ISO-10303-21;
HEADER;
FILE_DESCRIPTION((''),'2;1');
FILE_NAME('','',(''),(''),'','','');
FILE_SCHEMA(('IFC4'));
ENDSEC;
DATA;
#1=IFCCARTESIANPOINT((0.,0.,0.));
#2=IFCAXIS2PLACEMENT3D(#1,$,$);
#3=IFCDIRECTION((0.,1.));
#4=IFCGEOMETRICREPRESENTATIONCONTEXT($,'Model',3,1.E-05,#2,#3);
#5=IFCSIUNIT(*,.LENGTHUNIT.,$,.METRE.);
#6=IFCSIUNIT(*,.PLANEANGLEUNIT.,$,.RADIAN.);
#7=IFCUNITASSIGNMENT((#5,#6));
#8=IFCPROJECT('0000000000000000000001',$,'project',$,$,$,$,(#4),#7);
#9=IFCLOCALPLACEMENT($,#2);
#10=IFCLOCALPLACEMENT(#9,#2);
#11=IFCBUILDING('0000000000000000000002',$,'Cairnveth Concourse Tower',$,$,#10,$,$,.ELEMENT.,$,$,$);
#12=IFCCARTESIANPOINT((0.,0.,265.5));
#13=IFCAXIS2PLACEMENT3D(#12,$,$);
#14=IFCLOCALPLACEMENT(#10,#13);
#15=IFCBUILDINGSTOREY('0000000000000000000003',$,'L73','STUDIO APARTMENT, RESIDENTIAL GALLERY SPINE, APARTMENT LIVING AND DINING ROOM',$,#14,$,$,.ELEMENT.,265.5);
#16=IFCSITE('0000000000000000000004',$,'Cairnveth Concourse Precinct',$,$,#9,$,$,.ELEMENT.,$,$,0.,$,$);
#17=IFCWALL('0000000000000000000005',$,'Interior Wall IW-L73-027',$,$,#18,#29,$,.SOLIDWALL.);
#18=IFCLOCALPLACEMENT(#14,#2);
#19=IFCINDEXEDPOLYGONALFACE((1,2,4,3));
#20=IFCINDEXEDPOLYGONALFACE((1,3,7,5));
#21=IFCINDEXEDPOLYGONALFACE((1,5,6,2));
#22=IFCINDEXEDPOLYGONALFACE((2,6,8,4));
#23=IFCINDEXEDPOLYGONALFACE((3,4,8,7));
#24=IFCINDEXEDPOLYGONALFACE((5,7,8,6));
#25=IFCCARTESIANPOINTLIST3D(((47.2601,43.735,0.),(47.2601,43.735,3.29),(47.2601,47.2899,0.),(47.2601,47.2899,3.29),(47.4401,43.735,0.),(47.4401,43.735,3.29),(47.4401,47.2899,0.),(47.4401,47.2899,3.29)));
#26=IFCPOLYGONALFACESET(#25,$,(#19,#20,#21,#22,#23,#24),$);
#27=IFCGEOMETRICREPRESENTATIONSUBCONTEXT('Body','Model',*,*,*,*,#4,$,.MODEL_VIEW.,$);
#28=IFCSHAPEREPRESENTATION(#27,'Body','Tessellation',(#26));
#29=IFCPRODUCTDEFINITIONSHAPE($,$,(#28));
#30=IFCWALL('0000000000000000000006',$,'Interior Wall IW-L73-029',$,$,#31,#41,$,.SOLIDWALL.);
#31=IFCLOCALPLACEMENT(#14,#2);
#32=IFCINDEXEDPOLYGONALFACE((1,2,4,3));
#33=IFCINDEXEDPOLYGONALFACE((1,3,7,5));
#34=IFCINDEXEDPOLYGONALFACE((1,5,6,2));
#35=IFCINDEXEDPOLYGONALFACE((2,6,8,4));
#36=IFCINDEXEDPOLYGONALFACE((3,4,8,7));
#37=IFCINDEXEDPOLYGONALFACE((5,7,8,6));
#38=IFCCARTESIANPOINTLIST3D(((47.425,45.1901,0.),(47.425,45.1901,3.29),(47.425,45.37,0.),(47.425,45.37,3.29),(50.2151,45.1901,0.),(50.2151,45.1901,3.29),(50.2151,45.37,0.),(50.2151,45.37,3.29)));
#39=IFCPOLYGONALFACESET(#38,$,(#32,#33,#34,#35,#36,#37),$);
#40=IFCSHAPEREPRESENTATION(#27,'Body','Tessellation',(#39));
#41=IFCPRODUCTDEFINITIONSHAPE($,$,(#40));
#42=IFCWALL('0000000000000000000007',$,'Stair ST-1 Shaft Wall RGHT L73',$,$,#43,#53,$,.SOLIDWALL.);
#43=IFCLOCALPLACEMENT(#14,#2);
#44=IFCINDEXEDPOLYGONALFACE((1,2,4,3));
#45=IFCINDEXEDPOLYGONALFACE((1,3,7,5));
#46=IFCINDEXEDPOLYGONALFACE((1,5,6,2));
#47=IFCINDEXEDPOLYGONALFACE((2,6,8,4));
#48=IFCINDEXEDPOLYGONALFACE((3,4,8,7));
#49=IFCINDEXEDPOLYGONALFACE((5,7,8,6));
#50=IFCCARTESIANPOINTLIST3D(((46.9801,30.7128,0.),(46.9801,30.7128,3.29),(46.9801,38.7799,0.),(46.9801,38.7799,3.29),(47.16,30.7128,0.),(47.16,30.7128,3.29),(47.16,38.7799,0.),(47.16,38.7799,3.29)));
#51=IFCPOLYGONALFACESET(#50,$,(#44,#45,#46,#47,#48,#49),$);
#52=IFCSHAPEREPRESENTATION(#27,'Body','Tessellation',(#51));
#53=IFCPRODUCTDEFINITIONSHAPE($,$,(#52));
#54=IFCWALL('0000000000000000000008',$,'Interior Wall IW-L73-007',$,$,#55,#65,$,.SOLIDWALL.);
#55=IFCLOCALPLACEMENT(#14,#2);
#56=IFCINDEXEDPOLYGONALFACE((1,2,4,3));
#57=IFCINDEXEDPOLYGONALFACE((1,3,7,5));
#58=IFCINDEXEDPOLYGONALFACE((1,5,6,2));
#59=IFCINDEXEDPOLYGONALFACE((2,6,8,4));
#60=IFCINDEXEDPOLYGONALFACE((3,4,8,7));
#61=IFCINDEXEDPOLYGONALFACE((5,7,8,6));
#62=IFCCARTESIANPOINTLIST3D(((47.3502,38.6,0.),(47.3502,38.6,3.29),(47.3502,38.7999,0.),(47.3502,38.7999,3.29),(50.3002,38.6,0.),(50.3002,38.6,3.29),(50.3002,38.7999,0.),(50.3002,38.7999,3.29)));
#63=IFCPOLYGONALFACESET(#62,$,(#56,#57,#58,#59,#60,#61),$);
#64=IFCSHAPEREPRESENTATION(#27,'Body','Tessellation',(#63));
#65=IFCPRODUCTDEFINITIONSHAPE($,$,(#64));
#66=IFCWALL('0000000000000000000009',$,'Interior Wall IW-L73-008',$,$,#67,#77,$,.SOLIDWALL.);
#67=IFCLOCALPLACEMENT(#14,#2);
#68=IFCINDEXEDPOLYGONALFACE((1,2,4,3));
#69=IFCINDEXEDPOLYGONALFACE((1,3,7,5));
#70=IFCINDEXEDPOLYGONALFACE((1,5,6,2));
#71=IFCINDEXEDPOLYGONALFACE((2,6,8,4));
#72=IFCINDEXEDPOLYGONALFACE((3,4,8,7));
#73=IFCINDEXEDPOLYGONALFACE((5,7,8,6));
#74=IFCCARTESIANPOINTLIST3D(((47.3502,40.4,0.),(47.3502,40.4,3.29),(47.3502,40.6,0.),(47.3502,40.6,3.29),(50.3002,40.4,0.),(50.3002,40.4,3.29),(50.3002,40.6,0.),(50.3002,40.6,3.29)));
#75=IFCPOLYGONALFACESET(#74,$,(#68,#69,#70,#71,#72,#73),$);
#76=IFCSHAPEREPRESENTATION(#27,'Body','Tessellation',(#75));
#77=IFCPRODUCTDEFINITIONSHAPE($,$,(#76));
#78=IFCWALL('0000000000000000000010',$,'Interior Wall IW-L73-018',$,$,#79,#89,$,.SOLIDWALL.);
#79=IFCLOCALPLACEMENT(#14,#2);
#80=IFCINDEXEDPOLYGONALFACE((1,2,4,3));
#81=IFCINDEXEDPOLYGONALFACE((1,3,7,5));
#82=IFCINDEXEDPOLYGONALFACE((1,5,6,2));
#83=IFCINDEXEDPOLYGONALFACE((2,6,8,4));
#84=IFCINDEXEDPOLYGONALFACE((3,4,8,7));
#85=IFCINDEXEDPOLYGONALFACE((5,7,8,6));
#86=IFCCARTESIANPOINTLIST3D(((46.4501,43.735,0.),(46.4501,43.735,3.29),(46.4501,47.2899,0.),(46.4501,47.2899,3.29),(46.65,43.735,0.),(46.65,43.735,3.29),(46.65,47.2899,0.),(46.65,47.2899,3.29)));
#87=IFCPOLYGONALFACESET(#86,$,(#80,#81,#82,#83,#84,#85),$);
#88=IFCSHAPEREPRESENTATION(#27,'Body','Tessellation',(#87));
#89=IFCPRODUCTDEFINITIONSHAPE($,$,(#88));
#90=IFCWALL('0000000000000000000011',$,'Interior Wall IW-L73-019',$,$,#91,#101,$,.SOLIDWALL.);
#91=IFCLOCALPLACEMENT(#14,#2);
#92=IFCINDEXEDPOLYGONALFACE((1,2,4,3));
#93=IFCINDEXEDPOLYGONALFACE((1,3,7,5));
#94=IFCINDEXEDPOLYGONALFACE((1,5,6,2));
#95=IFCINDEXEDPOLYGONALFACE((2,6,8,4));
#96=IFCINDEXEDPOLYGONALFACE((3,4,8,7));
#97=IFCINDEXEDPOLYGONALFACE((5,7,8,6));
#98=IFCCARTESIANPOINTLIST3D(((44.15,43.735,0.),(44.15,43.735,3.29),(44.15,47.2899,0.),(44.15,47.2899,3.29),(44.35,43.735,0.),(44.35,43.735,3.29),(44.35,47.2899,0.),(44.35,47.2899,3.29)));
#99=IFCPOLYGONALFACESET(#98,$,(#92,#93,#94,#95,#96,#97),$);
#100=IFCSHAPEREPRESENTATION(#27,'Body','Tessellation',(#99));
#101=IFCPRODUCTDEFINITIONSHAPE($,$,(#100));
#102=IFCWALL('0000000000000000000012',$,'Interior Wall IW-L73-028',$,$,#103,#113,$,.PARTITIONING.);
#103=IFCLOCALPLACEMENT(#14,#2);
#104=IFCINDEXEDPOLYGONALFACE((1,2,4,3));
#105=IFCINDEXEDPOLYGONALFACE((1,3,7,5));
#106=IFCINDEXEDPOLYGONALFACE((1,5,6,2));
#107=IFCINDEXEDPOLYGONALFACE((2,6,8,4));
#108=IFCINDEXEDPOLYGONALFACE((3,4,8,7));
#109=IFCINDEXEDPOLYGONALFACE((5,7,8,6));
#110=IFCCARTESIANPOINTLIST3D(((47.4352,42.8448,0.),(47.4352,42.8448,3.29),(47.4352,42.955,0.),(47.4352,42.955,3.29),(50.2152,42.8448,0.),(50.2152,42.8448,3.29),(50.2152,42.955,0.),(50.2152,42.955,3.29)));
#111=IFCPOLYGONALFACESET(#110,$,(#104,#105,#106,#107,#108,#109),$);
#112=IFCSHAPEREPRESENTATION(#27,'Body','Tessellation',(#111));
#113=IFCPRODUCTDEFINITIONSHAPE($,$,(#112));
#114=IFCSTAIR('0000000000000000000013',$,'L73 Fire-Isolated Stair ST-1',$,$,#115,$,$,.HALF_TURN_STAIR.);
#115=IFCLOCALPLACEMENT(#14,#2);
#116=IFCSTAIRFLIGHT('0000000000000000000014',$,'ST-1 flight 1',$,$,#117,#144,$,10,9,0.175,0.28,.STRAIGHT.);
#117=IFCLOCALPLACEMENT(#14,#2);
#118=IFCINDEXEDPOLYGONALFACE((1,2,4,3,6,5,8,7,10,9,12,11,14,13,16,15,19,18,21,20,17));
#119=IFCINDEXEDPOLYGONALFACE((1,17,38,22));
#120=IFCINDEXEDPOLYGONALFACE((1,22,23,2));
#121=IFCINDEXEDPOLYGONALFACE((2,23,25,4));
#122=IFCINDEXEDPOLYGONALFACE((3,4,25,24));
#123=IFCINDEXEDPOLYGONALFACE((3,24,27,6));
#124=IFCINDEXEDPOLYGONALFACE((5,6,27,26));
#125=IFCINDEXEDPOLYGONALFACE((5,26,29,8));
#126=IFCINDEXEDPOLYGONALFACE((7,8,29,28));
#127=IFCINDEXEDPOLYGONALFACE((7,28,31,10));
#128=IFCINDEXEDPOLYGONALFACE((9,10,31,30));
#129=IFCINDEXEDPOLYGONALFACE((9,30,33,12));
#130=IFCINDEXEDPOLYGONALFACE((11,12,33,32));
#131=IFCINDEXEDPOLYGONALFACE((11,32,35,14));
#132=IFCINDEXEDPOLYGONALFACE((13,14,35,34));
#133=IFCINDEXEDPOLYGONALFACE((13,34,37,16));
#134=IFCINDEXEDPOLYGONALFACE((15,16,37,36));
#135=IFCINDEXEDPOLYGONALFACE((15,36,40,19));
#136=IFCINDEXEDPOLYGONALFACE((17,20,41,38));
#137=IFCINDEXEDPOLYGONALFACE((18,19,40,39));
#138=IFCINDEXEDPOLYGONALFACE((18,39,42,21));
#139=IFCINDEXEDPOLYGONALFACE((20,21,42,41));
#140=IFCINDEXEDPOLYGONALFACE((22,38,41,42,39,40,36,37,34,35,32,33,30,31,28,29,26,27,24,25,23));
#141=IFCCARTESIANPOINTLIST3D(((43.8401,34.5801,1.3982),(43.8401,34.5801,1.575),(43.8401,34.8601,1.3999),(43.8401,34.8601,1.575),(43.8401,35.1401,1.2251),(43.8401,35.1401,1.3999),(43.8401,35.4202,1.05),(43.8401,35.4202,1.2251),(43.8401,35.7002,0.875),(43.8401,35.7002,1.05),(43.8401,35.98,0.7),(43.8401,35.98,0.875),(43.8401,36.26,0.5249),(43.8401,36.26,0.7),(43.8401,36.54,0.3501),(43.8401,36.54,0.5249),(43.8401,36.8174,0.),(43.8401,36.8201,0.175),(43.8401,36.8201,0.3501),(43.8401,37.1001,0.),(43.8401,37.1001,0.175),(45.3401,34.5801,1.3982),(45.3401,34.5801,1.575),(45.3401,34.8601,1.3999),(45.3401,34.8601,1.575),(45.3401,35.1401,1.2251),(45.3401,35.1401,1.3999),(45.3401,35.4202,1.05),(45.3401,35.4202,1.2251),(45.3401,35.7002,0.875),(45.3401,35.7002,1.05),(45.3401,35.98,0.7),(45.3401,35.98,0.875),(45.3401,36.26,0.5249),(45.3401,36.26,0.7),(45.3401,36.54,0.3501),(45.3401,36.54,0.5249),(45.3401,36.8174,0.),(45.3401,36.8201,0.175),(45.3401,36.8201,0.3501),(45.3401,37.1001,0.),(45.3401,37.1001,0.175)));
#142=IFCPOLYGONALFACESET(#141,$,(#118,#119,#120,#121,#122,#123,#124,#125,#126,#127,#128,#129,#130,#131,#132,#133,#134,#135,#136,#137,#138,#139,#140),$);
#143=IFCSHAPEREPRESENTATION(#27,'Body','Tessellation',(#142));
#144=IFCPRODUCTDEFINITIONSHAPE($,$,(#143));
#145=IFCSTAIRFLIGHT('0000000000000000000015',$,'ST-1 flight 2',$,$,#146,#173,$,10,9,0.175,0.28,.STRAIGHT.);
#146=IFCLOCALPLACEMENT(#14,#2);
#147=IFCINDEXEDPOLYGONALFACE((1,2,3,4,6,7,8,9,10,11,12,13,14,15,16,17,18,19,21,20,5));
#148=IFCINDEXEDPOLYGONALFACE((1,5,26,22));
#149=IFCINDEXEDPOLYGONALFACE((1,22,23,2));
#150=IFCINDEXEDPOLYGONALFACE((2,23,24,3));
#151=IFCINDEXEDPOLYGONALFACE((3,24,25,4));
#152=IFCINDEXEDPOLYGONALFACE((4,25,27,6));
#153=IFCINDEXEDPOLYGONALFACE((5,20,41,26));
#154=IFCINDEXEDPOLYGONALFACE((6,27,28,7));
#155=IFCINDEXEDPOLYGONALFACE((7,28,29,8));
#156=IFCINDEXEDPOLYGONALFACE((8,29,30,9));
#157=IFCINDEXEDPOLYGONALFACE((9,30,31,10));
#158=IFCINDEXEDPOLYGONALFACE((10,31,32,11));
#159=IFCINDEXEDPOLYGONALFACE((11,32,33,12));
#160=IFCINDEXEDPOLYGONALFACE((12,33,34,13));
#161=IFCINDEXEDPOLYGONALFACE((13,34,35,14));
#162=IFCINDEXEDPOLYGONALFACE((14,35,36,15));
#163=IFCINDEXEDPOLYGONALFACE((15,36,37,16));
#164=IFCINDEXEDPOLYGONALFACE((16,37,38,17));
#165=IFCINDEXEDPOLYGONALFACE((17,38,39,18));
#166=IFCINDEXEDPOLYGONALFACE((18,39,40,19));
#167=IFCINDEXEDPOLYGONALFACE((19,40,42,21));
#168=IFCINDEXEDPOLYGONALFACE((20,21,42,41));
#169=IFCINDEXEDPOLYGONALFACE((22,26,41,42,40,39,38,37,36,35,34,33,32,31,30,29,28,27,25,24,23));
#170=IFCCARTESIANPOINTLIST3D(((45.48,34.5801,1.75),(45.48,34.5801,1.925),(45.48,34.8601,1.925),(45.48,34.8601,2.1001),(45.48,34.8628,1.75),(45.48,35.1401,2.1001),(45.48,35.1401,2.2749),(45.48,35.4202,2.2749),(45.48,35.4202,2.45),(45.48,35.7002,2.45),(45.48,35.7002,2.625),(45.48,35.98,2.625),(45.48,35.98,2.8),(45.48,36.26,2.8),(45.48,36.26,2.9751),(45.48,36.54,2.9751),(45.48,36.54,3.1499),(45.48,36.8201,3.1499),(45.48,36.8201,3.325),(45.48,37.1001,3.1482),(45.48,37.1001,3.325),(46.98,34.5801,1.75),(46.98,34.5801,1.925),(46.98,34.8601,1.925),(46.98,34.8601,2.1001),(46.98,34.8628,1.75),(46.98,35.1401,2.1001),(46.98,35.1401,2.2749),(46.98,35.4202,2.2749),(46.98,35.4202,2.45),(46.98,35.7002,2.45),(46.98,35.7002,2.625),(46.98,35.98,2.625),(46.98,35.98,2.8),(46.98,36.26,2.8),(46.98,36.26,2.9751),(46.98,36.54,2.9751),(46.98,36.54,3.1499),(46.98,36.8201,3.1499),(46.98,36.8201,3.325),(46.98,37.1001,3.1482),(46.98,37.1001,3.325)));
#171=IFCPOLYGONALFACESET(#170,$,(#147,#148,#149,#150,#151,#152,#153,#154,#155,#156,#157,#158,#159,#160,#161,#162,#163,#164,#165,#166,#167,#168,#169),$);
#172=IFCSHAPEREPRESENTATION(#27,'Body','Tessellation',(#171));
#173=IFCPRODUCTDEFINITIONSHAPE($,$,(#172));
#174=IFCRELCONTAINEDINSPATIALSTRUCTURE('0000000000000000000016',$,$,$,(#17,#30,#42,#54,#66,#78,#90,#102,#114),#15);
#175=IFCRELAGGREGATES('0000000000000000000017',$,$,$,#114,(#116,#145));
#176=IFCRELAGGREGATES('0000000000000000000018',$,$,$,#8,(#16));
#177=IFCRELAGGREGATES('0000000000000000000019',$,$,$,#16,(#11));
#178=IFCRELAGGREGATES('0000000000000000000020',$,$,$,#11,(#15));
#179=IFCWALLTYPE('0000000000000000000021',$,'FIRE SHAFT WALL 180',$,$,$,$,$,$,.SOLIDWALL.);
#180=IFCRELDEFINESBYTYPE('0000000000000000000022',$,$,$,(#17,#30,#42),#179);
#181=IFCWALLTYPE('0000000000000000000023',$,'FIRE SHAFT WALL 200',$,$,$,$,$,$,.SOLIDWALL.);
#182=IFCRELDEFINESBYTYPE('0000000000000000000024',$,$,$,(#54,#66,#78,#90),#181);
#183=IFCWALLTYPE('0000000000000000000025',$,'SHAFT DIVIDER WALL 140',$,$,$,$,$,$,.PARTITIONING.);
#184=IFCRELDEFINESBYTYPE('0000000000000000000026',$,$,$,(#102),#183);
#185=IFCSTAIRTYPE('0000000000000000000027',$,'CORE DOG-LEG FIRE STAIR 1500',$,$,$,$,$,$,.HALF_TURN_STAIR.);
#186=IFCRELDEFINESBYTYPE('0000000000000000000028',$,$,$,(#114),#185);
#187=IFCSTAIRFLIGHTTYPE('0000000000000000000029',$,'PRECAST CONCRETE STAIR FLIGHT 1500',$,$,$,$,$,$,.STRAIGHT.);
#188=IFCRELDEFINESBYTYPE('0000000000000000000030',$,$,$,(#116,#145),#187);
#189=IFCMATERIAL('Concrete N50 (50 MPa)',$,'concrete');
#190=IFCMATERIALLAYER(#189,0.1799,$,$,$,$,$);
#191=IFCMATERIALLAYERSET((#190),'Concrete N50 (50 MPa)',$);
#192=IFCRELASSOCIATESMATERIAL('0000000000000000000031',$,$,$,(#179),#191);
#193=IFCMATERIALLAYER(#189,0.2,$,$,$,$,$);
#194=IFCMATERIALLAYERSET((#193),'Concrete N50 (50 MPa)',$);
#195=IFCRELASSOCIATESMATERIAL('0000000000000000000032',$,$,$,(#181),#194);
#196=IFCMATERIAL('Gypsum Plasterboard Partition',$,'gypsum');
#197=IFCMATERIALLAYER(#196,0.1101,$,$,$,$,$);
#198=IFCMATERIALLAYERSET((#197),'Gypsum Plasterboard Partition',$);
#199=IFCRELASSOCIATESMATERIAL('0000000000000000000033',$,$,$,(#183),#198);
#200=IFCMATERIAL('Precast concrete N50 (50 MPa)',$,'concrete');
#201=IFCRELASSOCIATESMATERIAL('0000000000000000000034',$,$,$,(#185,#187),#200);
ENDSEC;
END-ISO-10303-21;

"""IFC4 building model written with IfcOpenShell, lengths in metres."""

from ifc_helpers import new_model, si_unit, direction, frame, frame_2d, origin, place, context, subcontext, project, spatial, polyline, rectangle, outline, extrude, material, layer, layer_set, type_object, element, aggregate, save


model = new_model("IFC4")

# Units and contexts
model_context = context("Model", 3, precision=1e-05, world=origin(), true_north=direction((0.0, 1.0)))
body_context = subcontext(model_context, "Body", "Model", "MODEL_VIEW")
ifc_project = project(units=[si_unit("LENGTHUNIT", "METRE"), si_unit("PLANEANGLEUNIT", "RADIAN")], contexts=[model_context])

# Site, building, storey
site_placement = place(None, origin())
site = spatial("IfcSite", under=ifc_project, at=site_placement, Name="Cairnveth Concourse Precinct", CompositionType="ELEMENT", RefElevation=0.0)
building_placement = place(site_placement, origin())
building = spatial("IfcBuilding", under=site, at=building_placement, Name="Cairnveth Concourse Tower", CompositionType="ELEMENT")
storey_placement = place(building_placement, frame((0.0, 0.0, 265.5)))
storey = spatial("IfcBuildingStorey", under=building, at=storey_placement, Name="L73", Description="STUDIO APARTMENT, RESIDENTIAL GALLERY SPINE, APARTMENT LIVING AND DINING ROOM", CompositionType="ELEMENT", Elevation=265.5)

# Walls
ifc_material_1 = material(Name="Concrete N50 (50 MPa)", Category="concrete")
ifc_layer_1 = layer(ifc_material_1, 0.1799)
ifc_layer_set_1 = layer_set([ifc_layer_1], Name="Concrete N50 (50 MPa)")
wall_type_1 = type_object("IfcWallType", Name="FIRE SHAFT WALL 180", PredefinedType="SOLIDWALL", material=ifc_layer_set_1)
wall_1_placement = place(storey_placement, frame((47.3501, 43.7351, 0.0), z_axis=(0.0, 0.0, 1.0), x_axis=(0.0, 1.0, 0.0)))
element("IfcWall", 1, at=wall_1_placement, inside=storey, type_object=wall_type_1, Name="Interior Wall IW-L73-027", PredefinedType="SOLIDWALL", context=body_context, shape_type="SweptSolid", body=[
    extrude(rectangle(XDim=3.5549, YDim=0.1799, at=frame_2d((1.7773, 0.0))), origin(), (0.0, 0.0, 1.0), 3.29),
])
wall_2_placement = place(storey_placement, frame((47.425, 45.28, 0.0), z_axis=(0.0, 0.0, 1.0), x_axis=(1.0, 0.0, 0.0)))
element("IfcWall", 2, at=wall_2_placement, inside=storey, type_object=wall_type_1, Name="Interior Wall IW-L73-029", PredefinedType="SOLIDWALL", context=body_context, shape_type="SweptSolid", body=[
    extrude(rectangle(XDim=2.79, YDim=0.1799, at=frame_2d((1.395, 0.0))), origin(), (0.0, 0.0, 1.0), 3.29),
])
wall_3_placement = place(storey_placement, frame((47.0701, 38.78, 0.0), z_axis=(0.0, 0.0, 1.0), x_axis=(0.0, -1.0, 0.0)))
element("IfcWall", 3, at=wall_3_placement, inside=storey, type_object=wall_type_1, Name="Stair ST-1 Shaft Wall RGHT L73", PredefinedType="SOLIDWALL", context=body_context, shape_type="SweptSolid", body=[
    extrude(rectangle(XDim=8.0671, YDim=0.1799, at=frame_2d((4.0337, 0.0))), origin(), (0.0, 0.0, 1.0), 3.29),
])
ifc_layer_2 = layer(ifc_material_1, 0.2)
ifc_layer_set_2 = layer_set([ifc_layer_2], Name="Concrete N50 (50 MPa)")
wall_type_2 = type_object("IfcWallType", Name="FIRE SHAFT WALL 200", PredefinedType="SOLIDWALL", material=ifc_layer_set_2)
for number, where, z_axis, x_axis, name in (
    (4, (47.3501, 38.7, 0.0), (0.0, 0.0, 1.0), (1.0, 0.0, 0.0), "Interior Wall IW-L73-007"),
    (5, (47.3501, 40.5, 0.0), (0.0, 0.0, 1.0), (1.0, 0.0, 0.0), "Interior Wall IW-L73-008"),
):
    element("IfcWall", number, at=place(storey_placement, frame(where, z_axis=z_axis, x_axis=x_axis)), inside=storey, type_object=wall_type_2, Name=name, PredefinedType="SOLIDWALL", context=body_context, shape_type="SweptSolid", body=[
        extrude(rectangle(XDim=2.95, YDim=0.2, at=frame_2d((1.4751, 0.0))), origin(), (0.0, 0.0, 1.0), 3.29),
    ])

# Walls
for number, where, z_axis, x_axis, name in (
    (6, (46.55, 43.7351, 0.0), (0.0, 0.0, 1.0), (0.0, 1.0, 0.0), "Interior Wall IW-L73-018"),
    (7, (44.25, 43.7351, 0.0), (0.0, 0.0, 1.0), (0.0, 1.0, 0.0), "Interior Wall IW-L73-019"),
):
    element("IfcWall", number, at=place(storey_placement, frame(where, z_axis=z_axis, x_axis=x_axis)), inside=storey, type_object=wall_type_2, Name=name, PredefinedType="SOLIDWALL", context=body_context, shape_type="SweptSolid", body=[
        extrude(rectangle(XDim=3.5549, YDim=0.2, at=frame_2d((1.7773, 0.0))), origin(), (0.0, 0.0, 1.0), 3.29),
    ])
ifc_material_2 = material(Name="Gypsum Plasterboard Partition", Category="gypsum")
ifc_layer_3 = layer(ifc_material_2, 0.1101)
ifc_layer_set_3 = layer_set([ifc_layer_3], Name="Gypsum Plasterboard Partition")
wall_type_3 = type_object("IfcWallType", Name="SHAFT DIVIDER WALL 140", PredefinedType="PARTITIONING", material=ifc_layer_set_3)
wall_4_placement = place(storey_placement, frame((47.4351, 42.8999, 0.0), z_axis=(0.0, 0.0, 1.0), x_axis=(1.0, 0.0, 0.0)))
element("IfcWall", 8, at=wall_4_placement, inside=storey, type_object=wall_type_3, Name="Interior Wall IW-L73-028", PredefinedType="PARTITIONING", context=body_context, shape_type="SweptSolid", body=[
    extrude(rectangle(XDim=2.78, YDim=0.1101, at=frame_2d((1.3901, 0.0))), origin(), (0.0, 0.0, 1.0), 3.29),
])

# Stair, stair flights
ifc_material_3 = material(Name="Precast concrete N50 (50 MPa)", Category="concrete")
stair_type = type_object("IfcStairType", Name="CORE DOG-LEG FIRE STAIR 1500", PredefinedType="HALF_TURN_STAIR", material=ifc_material_3)
stair_placement = place(storey_placement, origin())
stair = element("IfcStair", 9, at=stair_placement, inside=storey, type_object=stair_type, Name="L73 Fire-Isolated Stair ST-1", PredefinedType="HALF_TURN_STAIR")
stair_flight_type = type_object("IfcStairFlightType", Name="PRECAST CONCRETE STAIR FLIGHT 1500", PredefinedType="STRAIGHT", material=ifc_material_3)
stair_flight_1_placement = place(storey_placement, frame((44.5901, 37.1001, 0.0), z_axis=(0.0, 0.0, 1.0), x_axis=(0.0, -1.0, 0.0)))
stair_flight_1 = element("IfcStairFlight", 10, at=stair_flight_1_placement, type_object=stair_flight_type, Name="ST-1 flight 1", NumberOfRisers=10, NumberOfTreads=9, PredefinedType="STRAIGHT", RiserHeight=0.175, TreadLength=0.28, context=body_context, shape_type="SweptSolid", body=[
    extrude(outline(polyline([(0.0, 0.0), (0.0, 0.175), (0.28, 0.175), (0.28, 0.3501), (0.5601, 0.3501), (0.5601, 0.5249), (0.8401, 0.5249), (0.8401, 0.7), (1.1201, 0.7), (1.1201, 0.875), (1.3999, 0.875), (1.3999, 1.05), (1.6799, 1.05), (1.6799, 1.2251), (1.96, 1.2251), (1.96, 1.3999), (2.24, 1.3999), (2.24, 1.575), (2.52, 1.575), (2.52, 1.75), (2.52, 1.3982), (0.2827, 0.0), (0.0, 0.0)])), frame((0.0, 0.75, 0.0), z_axis=(0.0, -1.0, 0.0), x_axis=(1.0, 0.0, 0.0)), (0.0, 0.0, 1.0), 1.5),
])
stair_flight_2_placement = place(storey_placement, frame((46.23, 34.5801, 1.75), z_axis=(0.0, 0.0, 1.0), x_axis=(0.0, 1.0, 0.0)))
stair_flight_2 = element("IfcStairFlight", 11, at=stair_flight_2_placement, type_object=stair_flight_type, Name="ST-1 flight 2", NumberOfRisers=10, NumberOfTreads=9, PredefinedType="STRAIGHT", RiserHeight=0.175, TreadLength=0.28, context=body_context, shape_type="SweptSolid", body=[
    extrude(outline(polyline([(0.0, 0.0), (0.0, 0.175), (0.28, 0.175), (0.28, 0.3501), (0.5601, 0.3501), (0.5601, 0.5249), (0.8401, 0.5249), (0.8401, 0.7), (1.1201, 0.7), (1.1201, 0.875), (1.3999, 0.875), (1.3999, 1.05), (1.6799, 1.05), (1.6799, 1.2251), (1.96, 1.2251), (1.96, 1.3999), (2.24, 1.3999), (2.24, 1.575), (2.52, 1.575), (2.52, 1.75), (2.52, 1.3982), (0.2827, 0.0), (0.0, 0.0)])), frame((0.0, 0.75, 0.0), z_axis=(0.0, -1.0, 0.0), x_axis=(1.0, 0.0, 0.0)), (0.0, 0.0, 1.0), 1.5),
])
aggregate(stair, [stair_flight_1, stair_flight_2])

save(model, "model.ifc")
